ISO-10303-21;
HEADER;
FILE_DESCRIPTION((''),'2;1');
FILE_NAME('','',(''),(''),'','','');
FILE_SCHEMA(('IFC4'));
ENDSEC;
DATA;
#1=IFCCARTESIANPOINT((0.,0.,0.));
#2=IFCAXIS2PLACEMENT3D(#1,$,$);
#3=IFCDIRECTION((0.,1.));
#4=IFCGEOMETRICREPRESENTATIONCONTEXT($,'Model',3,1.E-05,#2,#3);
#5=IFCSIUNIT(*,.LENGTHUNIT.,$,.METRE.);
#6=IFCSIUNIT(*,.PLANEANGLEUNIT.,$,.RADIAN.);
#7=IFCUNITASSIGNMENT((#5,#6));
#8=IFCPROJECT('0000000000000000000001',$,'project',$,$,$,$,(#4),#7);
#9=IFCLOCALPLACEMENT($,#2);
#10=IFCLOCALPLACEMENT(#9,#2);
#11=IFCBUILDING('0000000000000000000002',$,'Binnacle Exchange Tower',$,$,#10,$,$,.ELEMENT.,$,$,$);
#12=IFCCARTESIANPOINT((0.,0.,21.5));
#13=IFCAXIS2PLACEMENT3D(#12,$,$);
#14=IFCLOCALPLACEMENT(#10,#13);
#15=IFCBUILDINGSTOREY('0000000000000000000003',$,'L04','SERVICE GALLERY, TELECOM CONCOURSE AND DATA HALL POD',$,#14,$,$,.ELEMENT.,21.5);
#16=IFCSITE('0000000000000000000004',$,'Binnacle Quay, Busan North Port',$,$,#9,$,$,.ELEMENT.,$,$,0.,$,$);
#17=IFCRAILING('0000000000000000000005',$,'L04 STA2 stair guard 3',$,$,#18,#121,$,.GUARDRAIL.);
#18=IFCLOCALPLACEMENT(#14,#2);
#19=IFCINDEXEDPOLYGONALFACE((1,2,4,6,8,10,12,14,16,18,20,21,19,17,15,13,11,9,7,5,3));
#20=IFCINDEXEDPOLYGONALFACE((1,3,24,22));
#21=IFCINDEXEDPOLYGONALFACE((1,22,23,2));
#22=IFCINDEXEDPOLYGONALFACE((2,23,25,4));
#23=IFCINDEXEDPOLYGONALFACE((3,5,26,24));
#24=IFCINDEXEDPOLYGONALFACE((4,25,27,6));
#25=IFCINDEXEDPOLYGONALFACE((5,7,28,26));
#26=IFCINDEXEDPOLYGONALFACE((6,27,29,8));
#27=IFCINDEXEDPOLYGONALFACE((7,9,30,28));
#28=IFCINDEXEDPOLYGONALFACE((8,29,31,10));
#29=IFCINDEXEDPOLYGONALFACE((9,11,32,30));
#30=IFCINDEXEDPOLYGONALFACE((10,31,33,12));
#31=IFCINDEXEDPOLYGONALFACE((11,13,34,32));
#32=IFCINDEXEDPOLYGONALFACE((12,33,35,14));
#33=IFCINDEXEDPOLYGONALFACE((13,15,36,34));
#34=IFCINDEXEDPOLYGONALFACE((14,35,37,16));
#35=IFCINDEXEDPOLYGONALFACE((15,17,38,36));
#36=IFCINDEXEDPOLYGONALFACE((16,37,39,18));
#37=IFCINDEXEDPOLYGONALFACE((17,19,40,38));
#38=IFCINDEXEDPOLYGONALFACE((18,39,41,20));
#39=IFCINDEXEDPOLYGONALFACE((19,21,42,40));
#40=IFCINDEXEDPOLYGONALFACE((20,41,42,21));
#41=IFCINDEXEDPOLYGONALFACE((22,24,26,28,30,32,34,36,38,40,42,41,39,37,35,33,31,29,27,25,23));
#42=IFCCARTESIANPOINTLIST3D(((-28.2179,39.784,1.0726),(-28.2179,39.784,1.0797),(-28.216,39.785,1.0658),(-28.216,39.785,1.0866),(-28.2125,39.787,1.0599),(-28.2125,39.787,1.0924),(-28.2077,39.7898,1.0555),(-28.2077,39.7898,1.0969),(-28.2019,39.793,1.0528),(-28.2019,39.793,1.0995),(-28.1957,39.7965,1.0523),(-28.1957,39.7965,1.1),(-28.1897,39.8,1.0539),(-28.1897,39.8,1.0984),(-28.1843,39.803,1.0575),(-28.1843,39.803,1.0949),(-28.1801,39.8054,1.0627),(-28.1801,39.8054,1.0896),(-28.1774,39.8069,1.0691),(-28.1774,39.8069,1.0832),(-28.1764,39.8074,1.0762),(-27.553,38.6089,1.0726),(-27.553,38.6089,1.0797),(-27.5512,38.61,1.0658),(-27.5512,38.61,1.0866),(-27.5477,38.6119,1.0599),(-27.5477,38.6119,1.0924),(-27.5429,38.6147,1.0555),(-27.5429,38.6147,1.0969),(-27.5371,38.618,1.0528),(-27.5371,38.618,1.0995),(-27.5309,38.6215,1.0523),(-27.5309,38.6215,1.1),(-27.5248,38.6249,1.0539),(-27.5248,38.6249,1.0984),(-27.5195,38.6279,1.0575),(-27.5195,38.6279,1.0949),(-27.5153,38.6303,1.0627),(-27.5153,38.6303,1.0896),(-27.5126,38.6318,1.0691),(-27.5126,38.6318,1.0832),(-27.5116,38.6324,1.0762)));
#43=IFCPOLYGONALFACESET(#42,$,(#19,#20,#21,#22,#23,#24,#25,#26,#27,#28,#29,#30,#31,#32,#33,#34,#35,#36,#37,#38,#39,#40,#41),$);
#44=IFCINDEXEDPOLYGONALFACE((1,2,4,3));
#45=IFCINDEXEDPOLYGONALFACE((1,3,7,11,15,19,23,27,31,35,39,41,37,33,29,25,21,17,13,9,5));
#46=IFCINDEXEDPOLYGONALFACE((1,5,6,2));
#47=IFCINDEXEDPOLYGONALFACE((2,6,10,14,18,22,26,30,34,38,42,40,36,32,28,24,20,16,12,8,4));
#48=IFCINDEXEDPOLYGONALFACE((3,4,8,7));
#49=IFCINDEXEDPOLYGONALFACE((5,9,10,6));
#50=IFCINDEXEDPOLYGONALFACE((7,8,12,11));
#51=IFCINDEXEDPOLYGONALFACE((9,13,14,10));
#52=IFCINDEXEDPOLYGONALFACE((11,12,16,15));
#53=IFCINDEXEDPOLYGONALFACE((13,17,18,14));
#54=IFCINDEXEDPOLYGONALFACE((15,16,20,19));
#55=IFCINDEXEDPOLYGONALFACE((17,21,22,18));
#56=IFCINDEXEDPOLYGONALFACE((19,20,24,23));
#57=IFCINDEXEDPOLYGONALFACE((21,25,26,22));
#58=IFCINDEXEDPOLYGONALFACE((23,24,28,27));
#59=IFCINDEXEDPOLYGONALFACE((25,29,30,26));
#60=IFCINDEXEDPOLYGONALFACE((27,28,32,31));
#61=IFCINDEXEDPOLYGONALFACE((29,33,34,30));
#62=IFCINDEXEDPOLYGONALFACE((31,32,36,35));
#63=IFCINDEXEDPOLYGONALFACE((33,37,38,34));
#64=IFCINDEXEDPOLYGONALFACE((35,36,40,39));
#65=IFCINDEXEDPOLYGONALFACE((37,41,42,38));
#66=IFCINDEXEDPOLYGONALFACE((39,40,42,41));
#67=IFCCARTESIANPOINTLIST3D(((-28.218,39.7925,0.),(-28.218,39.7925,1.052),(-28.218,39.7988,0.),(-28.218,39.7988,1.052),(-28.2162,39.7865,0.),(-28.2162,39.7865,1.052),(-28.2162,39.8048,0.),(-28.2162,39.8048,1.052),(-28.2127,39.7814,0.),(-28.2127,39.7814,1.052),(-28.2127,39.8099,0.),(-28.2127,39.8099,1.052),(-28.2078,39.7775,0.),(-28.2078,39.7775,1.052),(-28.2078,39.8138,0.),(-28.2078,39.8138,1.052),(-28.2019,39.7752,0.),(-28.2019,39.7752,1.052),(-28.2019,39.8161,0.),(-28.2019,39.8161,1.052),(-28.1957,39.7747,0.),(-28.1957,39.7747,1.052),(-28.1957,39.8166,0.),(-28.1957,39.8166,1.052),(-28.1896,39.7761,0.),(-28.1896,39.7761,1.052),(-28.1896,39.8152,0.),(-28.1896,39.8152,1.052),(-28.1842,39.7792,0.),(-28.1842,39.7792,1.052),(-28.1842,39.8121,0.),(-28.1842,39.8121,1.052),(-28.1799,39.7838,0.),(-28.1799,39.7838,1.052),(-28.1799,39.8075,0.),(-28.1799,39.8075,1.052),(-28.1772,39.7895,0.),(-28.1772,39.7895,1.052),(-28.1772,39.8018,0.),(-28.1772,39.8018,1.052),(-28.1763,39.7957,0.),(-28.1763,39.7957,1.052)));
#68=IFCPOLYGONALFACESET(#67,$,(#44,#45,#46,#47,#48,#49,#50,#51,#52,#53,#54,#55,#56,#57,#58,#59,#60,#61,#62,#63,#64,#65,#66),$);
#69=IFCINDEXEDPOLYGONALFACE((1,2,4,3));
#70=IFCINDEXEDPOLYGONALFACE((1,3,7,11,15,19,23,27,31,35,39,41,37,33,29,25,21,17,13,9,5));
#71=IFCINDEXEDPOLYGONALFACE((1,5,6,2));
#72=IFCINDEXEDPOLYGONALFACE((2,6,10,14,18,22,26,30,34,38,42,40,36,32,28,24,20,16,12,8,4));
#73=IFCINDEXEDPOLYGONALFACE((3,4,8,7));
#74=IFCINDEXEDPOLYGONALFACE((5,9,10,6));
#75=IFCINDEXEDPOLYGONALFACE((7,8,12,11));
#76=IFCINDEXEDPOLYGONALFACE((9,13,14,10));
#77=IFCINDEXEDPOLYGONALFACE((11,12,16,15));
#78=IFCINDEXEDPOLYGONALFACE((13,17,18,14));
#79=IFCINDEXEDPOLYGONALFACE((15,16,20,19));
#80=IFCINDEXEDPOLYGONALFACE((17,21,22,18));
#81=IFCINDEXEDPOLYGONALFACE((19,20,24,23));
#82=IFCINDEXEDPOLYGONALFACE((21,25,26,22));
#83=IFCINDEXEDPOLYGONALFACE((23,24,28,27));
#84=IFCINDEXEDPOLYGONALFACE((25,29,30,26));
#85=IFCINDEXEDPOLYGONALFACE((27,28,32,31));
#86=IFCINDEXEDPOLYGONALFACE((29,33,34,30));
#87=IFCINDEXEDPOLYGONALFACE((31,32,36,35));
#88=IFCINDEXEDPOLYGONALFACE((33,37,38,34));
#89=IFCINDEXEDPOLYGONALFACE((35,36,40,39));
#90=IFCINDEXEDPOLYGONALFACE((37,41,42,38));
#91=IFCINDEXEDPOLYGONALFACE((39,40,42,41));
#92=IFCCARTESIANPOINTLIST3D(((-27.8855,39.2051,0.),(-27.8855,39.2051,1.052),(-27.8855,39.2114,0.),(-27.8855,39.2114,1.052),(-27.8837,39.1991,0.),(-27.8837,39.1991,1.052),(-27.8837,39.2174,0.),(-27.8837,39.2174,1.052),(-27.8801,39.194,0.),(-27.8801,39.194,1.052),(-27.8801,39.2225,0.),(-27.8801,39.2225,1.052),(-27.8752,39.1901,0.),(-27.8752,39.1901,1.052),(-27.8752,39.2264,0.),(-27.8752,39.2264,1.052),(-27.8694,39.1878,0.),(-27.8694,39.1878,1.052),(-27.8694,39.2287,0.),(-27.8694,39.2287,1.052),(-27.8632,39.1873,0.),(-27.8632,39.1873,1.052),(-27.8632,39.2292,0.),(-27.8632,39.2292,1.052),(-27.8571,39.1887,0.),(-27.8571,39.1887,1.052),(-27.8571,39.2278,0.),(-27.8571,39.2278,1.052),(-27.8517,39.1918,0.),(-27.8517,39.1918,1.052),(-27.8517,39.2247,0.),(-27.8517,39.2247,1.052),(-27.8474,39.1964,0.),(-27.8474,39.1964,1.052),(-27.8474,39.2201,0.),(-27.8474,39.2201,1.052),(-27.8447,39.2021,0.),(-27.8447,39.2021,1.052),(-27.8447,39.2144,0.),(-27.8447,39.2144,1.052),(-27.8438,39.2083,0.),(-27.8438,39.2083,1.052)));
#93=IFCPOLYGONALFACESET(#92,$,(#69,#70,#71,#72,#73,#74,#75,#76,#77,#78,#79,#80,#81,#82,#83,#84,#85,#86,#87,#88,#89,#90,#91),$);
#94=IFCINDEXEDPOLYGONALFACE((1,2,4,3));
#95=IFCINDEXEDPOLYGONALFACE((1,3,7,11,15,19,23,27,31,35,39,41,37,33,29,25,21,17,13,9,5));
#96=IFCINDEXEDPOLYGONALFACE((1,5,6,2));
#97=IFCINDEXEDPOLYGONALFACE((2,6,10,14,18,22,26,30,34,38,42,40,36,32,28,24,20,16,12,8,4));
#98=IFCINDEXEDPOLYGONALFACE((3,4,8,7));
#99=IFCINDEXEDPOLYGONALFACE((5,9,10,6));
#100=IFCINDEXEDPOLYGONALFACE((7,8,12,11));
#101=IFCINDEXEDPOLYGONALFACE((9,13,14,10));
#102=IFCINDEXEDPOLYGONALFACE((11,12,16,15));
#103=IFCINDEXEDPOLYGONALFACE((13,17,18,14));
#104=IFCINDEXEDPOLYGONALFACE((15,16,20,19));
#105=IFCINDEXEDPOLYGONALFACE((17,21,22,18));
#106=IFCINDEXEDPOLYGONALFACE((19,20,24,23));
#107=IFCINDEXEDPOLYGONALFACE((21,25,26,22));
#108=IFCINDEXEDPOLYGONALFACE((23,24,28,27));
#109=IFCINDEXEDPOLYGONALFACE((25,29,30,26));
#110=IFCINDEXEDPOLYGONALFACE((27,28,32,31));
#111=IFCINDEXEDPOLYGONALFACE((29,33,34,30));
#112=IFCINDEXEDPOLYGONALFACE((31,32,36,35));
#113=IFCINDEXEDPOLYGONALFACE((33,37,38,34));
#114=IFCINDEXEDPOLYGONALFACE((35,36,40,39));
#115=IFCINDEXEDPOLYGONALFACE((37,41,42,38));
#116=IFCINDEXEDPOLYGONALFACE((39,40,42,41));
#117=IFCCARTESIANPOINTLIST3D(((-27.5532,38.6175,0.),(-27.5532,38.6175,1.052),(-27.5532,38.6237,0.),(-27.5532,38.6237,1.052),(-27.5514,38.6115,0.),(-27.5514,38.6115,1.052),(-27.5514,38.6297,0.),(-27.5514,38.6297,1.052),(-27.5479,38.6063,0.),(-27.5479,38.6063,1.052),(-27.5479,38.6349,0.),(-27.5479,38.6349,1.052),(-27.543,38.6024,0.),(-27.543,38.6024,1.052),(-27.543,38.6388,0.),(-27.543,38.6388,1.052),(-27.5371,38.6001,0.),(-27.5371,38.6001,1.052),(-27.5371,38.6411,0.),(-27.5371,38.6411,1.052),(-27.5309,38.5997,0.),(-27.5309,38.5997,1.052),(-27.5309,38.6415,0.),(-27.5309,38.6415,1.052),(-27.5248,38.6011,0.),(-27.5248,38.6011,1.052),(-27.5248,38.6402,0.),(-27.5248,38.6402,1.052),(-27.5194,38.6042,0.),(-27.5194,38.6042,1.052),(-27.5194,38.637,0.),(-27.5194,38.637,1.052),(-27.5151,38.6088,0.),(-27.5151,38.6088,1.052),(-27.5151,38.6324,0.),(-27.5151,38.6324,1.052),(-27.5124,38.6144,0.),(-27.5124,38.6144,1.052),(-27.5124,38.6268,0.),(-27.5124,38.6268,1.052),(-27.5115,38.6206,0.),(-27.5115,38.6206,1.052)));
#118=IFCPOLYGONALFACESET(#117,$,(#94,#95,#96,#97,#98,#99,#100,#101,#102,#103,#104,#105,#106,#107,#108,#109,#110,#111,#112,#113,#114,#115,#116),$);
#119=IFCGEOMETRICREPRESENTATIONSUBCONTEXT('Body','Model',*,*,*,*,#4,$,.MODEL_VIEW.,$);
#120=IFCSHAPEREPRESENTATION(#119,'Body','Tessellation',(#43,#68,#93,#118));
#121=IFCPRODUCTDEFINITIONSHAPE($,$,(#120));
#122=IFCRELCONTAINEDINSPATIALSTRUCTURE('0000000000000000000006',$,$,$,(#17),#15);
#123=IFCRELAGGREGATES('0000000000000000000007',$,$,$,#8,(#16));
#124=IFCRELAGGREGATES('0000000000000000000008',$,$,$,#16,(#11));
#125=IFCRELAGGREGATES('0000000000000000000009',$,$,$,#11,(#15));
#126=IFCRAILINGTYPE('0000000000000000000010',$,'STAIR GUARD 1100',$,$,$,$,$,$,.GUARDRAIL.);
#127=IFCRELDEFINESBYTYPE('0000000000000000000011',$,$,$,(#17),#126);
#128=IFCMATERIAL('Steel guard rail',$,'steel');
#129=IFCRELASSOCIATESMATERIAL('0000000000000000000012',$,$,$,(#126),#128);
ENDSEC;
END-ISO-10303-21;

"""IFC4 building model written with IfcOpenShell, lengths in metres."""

from ifc_helpers import new_model, si_unit, direction, frame, origin, origin_2d, place, context, subcontext, project, spatial, circle, extrude, material, type_object, element, save


model = new_model("IFC4")

# Units and contexts
model_context = context("Model", 3, precision=1e-05, world=origin(), true_north=direction((0.0, 1.0)))
body_context = subcontext(model_context, "Body", "Model", "MODEL_VIEW")
ifc_project = project(units=[si_unit("LENGTHUNIT", "METRE"), si_unit("PLANEANGLEUNIT", "RADIAN")], contexts=[model_context])

# Site, building, storey
site_placement = place(None, origin())
site = spatial("IfcSite", under=ifc_project, at=site_placement, Name="Binnacle Quay, Busan North Port", CompositionType="ELEMENT", RefElevation=0.0)
building_placement = place(site_placement, origin())
building = spatial("IfcBuilding", under=site, at=building_placement, Name="Binnacle Exchange Tower", CompositionType="ELEMENT")
storey_placement = place(building_placement, frame((0.0, 0.0, 21.5)))
storey = spatial("IfcBuildingStorey", under=building, at=storey_placement, Name="L04", Description="SERVICE GALLERY, TELECOM CONCOURSE AND DATA HALL POD", CompositionType="ELEMENT", Elevation=21.5)

# Railing
ifc_material_1 = material(Name="Steel guard rail", Category="steel")
railing_type_1 = type_object("IfcRailingType", Name="STAIR GUARD 1100", PredefinedType="GUARDRAIL", material=ifc_material_1)
railing_1_placement = place(storey_placement, frame((-28.1973, 39.7957, 0.0)))
element("IfcRailing", 1, at=railing_1_placement, inside=storey, type_object=railing_type_1, Name="L04 STA2 stair guard 3", PredefinedType="GUARDRAIL", context=body_context, shape_type="SweptSolid", body=[
    extrude(circle(Radius=0.0239, at=origin_2d()), frame((0.0, 0.0, 1.0762), z_axis=(0.492415, -0.870361, 0.0), x_axis=(0.870361, 0.492415, 0.0)), (0.0, 0.0, 1.0), 1.3501),
    extrude(circle(Radius=0.021, at=origin_2d()), origin(), (0.0, 0.0, 1.0), 1.052),
    extrude(circle(Radius=0.021, at=origin_2d()), frame((0.3325, -0.5874, 0.0)), (0.0, 0.0, 1.0), 1.052),
    extrude(circle(Radius=0.021, at=origin_2d()), frame((0.6648, -1.175, 0.0)), (0.0, 0.0, 1.0), 1.052),
])

save(model, "model.ifc")
